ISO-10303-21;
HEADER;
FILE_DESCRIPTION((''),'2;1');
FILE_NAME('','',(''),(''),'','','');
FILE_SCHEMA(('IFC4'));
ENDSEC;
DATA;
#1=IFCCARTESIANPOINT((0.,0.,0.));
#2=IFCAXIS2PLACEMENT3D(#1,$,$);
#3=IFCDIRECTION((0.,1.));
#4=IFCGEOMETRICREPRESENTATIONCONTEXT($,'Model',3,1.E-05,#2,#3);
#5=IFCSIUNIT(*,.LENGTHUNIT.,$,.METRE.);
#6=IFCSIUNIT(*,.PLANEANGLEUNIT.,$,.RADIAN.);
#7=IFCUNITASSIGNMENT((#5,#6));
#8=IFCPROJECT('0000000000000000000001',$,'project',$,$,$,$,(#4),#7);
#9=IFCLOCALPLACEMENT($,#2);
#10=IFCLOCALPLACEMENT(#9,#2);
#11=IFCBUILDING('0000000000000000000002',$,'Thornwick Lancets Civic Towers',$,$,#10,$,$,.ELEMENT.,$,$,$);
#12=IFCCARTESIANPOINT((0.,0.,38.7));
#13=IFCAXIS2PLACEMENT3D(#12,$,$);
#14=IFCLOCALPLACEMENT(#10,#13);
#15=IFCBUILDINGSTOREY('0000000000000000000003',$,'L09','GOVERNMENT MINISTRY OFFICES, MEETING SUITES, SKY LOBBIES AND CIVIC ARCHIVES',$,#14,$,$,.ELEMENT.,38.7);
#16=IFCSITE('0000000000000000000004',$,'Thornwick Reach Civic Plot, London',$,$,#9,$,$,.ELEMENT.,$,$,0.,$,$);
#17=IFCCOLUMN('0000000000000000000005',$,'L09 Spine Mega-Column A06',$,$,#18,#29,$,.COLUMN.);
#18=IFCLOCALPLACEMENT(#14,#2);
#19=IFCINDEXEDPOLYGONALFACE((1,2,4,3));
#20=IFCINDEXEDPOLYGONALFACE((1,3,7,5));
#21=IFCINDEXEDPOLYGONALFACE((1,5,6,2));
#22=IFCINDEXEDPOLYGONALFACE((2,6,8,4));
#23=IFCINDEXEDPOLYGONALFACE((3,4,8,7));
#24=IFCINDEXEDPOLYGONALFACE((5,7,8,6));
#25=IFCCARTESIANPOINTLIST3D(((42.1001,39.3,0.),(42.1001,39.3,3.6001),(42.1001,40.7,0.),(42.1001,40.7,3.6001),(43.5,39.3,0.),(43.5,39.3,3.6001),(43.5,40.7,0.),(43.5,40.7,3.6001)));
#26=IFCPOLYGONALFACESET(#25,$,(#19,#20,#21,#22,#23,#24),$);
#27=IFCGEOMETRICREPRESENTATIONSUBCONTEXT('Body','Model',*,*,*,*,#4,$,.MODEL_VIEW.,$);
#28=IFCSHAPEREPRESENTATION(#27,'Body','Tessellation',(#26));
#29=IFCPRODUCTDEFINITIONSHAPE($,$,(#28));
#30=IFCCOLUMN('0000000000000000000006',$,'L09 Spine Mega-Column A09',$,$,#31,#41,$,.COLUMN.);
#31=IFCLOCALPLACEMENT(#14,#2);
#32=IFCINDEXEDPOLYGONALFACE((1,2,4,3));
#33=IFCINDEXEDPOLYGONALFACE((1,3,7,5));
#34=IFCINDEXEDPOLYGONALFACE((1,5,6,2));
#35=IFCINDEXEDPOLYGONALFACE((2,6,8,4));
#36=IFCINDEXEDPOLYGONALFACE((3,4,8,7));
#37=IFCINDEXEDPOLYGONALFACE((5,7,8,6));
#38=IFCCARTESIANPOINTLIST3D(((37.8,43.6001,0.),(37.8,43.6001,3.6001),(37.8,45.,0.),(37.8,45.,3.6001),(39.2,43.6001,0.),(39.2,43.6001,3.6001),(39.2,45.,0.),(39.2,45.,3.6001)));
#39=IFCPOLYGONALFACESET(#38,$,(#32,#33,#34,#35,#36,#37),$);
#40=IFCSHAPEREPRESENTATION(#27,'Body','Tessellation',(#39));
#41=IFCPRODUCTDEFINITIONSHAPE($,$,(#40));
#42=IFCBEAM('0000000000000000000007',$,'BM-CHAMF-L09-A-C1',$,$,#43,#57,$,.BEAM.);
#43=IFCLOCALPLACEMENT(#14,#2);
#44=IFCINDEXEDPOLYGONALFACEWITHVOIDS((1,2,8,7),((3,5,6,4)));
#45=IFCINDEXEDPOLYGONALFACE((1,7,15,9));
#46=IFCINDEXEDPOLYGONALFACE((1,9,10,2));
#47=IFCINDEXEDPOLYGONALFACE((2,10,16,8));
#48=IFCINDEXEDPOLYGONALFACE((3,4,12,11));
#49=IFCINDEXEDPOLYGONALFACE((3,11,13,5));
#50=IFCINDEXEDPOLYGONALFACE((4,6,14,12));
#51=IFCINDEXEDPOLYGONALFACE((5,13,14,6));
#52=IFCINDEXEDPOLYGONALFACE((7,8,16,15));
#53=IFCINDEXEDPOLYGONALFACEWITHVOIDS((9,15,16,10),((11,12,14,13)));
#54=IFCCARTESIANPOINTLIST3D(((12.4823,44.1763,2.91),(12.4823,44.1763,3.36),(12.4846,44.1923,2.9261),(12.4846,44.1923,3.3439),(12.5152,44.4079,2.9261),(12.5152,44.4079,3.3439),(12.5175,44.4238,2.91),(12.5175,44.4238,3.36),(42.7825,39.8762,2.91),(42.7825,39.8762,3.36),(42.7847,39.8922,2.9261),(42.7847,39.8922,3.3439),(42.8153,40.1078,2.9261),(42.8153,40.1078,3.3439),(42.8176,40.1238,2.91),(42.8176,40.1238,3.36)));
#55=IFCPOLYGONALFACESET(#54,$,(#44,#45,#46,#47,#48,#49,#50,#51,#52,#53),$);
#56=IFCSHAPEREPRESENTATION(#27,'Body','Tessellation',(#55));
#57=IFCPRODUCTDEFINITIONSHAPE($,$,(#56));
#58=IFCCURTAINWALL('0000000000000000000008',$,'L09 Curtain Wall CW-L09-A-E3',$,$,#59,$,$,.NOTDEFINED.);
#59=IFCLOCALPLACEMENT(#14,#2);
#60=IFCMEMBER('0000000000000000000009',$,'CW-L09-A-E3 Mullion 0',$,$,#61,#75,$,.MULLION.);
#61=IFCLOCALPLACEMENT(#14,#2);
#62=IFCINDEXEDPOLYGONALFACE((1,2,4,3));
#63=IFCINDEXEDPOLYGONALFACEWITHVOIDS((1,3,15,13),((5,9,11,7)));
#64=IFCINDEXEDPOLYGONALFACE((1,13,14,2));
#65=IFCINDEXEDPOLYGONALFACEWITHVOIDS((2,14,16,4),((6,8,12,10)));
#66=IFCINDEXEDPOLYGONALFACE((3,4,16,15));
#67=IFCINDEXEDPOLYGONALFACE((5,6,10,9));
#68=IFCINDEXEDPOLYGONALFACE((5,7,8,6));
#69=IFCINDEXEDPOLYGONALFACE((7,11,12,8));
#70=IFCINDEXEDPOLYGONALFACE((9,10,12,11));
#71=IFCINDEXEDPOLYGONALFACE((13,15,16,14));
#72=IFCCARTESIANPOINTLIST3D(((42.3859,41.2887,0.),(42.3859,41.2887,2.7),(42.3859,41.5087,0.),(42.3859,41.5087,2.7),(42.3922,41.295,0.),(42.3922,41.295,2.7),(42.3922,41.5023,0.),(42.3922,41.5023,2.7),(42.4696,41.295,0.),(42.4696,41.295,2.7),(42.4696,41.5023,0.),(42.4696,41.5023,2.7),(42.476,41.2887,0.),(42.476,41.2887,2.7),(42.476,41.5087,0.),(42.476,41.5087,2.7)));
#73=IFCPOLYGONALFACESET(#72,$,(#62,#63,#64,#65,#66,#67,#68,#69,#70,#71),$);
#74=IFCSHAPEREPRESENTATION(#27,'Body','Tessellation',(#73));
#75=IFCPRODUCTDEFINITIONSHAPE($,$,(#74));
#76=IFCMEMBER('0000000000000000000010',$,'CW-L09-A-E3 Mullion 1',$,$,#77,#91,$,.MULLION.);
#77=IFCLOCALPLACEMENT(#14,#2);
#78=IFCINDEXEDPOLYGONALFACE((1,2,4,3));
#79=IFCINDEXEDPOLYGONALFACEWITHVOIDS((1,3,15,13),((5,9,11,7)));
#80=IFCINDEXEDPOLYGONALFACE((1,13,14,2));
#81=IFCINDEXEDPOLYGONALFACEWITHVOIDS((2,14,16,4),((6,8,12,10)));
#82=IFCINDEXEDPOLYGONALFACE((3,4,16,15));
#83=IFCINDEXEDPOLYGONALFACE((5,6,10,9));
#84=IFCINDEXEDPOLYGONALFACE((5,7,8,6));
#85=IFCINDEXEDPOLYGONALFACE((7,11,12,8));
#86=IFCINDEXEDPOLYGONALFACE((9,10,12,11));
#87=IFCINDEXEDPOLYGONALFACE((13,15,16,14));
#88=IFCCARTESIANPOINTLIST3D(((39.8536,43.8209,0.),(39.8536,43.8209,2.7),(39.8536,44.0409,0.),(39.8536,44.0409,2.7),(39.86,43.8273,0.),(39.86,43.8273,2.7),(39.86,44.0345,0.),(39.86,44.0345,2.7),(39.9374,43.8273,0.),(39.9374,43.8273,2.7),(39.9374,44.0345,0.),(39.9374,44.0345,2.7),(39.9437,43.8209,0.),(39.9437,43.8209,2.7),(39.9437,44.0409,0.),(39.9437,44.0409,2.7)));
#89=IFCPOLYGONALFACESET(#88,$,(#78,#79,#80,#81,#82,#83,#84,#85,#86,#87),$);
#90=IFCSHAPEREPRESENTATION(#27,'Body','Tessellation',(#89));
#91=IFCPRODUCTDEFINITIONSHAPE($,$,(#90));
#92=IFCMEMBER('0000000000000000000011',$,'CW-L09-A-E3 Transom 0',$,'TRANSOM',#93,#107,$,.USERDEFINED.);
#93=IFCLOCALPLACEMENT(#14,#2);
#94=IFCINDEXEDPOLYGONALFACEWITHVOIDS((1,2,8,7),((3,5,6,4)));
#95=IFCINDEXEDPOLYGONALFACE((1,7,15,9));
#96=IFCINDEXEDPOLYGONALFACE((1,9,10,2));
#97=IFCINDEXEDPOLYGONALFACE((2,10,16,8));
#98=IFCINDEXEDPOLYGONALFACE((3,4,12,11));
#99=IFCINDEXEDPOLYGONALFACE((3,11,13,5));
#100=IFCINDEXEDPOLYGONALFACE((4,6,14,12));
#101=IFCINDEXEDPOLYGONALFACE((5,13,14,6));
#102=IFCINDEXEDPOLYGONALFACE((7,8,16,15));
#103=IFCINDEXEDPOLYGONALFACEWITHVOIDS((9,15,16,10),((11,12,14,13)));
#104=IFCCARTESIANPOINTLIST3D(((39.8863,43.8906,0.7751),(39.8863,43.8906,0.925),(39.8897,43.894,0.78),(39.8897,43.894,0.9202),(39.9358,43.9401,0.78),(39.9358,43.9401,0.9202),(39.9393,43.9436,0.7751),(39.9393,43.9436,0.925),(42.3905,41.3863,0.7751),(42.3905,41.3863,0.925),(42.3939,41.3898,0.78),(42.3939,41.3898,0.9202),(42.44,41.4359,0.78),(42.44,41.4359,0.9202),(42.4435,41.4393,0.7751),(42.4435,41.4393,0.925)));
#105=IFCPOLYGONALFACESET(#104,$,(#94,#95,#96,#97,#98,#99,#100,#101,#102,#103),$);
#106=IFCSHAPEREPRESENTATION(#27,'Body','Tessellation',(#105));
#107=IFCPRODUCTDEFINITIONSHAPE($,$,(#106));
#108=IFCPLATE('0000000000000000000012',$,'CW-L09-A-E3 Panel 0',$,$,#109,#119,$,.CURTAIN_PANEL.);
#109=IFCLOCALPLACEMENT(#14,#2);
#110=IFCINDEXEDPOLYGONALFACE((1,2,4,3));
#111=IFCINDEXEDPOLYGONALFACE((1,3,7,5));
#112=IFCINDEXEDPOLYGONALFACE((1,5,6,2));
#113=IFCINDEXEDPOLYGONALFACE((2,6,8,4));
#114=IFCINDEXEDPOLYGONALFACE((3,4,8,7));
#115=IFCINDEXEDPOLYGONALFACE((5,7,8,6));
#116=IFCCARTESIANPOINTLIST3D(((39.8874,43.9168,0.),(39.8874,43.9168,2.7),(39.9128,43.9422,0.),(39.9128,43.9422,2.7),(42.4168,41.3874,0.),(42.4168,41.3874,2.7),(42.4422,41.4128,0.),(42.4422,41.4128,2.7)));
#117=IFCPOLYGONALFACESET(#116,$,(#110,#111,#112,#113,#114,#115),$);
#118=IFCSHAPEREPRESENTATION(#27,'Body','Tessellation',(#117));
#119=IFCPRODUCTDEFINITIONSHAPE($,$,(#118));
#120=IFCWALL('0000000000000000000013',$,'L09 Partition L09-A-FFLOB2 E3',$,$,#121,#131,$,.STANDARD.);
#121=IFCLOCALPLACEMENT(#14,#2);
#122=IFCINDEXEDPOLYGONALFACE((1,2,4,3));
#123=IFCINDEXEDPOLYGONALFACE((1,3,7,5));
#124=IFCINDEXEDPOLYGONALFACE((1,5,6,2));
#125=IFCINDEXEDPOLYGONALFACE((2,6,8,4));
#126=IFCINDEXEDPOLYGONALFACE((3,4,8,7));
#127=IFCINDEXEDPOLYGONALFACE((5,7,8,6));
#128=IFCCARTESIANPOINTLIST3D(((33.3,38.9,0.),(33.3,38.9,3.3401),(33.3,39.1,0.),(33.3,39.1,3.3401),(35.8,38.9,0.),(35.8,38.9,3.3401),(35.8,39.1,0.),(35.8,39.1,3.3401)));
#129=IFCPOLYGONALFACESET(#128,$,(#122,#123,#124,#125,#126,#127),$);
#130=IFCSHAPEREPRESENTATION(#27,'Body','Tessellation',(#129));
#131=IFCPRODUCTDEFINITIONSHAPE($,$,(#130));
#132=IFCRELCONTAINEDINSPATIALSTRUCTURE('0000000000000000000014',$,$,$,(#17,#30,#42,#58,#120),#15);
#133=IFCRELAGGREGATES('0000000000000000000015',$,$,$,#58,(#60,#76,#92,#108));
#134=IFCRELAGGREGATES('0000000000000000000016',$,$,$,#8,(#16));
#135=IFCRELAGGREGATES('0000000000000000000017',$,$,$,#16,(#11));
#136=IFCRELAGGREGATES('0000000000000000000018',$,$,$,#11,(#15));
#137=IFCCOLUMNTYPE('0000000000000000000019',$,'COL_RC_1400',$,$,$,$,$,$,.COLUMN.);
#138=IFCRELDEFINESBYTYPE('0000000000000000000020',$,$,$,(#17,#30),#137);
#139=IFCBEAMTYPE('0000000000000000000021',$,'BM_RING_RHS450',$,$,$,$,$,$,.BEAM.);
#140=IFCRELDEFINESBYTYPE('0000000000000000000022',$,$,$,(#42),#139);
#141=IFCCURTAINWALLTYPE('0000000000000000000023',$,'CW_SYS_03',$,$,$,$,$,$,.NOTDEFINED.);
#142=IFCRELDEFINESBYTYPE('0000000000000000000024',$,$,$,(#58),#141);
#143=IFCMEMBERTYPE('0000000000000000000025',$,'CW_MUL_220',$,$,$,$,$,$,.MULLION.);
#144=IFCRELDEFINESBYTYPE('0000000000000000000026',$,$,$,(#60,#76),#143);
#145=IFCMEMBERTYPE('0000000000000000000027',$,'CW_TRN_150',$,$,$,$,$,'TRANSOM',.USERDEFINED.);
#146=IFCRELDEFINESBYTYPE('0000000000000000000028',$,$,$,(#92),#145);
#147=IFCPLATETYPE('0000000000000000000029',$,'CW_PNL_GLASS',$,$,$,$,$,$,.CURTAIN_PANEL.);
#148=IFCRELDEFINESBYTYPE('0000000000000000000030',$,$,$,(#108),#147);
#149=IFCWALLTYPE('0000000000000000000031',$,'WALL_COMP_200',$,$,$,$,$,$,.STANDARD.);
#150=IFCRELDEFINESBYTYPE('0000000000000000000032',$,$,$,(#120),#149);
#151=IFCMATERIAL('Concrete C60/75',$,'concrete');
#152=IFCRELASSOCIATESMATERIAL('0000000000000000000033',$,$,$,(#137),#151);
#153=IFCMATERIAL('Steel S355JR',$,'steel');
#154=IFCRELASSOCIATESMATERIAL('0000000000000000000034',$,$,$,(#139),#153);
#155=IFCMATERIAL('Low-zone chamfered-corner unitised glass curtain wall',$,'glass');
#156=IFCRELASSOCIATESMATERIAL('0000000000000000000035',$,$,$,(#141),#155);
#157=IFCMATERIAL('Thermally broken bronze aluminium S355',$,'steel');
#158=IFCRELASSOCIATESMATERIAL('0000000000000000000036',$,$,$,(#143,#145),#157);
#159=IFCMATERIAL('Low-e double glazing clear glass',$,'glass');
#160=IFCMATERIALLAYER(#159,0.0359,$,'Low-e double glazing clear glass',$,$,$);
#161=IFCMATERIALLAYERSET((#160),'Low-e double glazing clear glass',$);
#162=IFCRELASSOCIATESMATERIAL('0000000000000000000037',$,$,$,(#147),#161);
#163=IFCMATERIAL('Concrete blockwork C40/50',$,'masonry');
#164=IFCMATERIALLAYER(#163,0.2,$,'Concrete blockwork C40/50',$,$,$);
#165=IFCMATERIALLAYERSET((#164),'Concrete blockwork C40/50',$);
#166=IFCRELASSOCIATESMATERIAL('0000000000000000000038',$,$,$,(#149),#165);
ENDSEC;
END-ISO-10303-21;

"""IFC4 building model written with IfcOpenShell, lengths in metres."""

from ifc_helpers import new_model, si_unit, direction, frame, frame_2d, origin, origin_2d, place, context, subcontext, project, spatial, rectangle, hollow_rectangle, extrude, material, layer, layer_set, material_profile, profile_set, type_object, element, aggregate, save


model = new_model("IFC4")

# Units and contexts
model_context = context("Model", 3, precision=1e-05, world=origin(), true_north=direction((0.0, 1.0)))
body_context = subcontext(model_context, "Body", "Model", "MODEL_VIEW")
ifc_project = project(units=[si_unit("LENGTHUNIT", "METRE"), si_unit("PLANEANGLEUNIT", "RADIAN")], contexts=[model_context])

# Site, building, storey
site_placement = place(None, origin())
site = spatial("IfcSite", under=ifc_project, at=site_placement, Name="Thornwick Reach Civic Plot, London", CompositionType="ELEMENT", RefElevation=0.0)
building_placement = place(site_placement, origin())
building = spatial("IfcBuilding", under=site, at=building_placement, Name="Thornwick Lancets Civic Towers", CompositionType="ELEMENT")
storey_placement = place(building_placement, frame((0.0, 0.0, 38.7)))
storey = spatial("IfcBuildingStorey", under=building, at=storey_placement, Name="L09", Description="GOVERNMENT MINISTRY OFFICES, MEETING SUITES, SKY LOBBIES AND CIVIC ARCHIVES", CompositionType="ELEMENT", Elevation=38.7)

# Columns
ifc_material_1 = material(Name="Concrete C60/75", Category="concrete")
ifc_material_profile_1 = material_profile(ifc_material_1, rectangle(XDim=1.3999, YDim=1.3999, at=origin_2d()), Name="RC 1400x1400")
ifc_profile_set_1 = profile_set([ifc_material_profile_1], Name="Concrete C60/75")
column_type = type_object("IfcColumnType", Name="COL_RC_1400", PredefinedType="COLUMN", material=ifc_profile_set_1)
for number, where, z_axis, x_axis, name in (
    (1, (42.8, 40.0, 0.0), (0.0, 0.0, 1.0), (1.0, 0.0, 0.0), "L09 Spine Mega-Column A06"),
    (2, (38.5, 44.3, 0.0), (0.0, 0.0, 1.0), (1.0, 0.0, 0.0), "L09 Spine Mega-Column A09"),
):
    element("IfcColumn", number, at=place(storey_placement, frame(where, z_axis=z_axis, x_axis=x_axis)), inside=storey, type_object=column_type, Name=name, PredefinedType="COLUMN", context=body_context, shape_type="SweptSolid", body=[
        extrude(rectangle(XDim=1.3999, YDim=1.3999, at=origin_2d()), origin(), (0.0, 0.0, 1.0), 3.6001),
    ])

# Beam
ifc_material_2 = material(Name="Steel S355JR", Category="steel")
ifc_material_profile_2 = material_profile(ifc_material_2, hollow_rectangle(XDim=0.25, YDim=0.45, WallThickness=0.0161, at=origin_2d()), Name="RHS 450x250x16")
ifc_profile_set_2 = profile_set([ifc_material_profile_2], Name="Steel S355JR")
beam_type = type_object("IfcBeamType", Name="BM_RING_RHS450", PredefinedType="BEAM", material=ifc_profile_set_2)
beam_placement = place(storey_placement, frame((42.8, 40.0, 3.135), z_axis=(-0.99008, 0.140508, 0.0), x_axis=(-0.140508, -0.99008, 0.0)))
element("IfcBeam", 3, at=beam_placement, inside=storey, type_object=beam_type, Name="BM-CHAMF-L09-A-C1", PredefinedType="BEAM", context=body_context, shape_type="SweptSolid", body=[
    extrude(hollow_rectangle(XDim=0.25, YDim=0.45, WallThickness=0.0161, at=origin_2d()), origin(), (0.0, 0.0, 1.0), 30.6038),
])

# Curtain wall, members, plate
ifc_material_3 = material(Name="Low-zone chamfered-corner unitised glass curtain wall", Category="glass")
curtain_wall_type = type_object("IfcCurtainWallType", Name="CW_SYS_03", PredefinedType="NOTDEFINED", material=ifc_material_3)
curtain_wall_placement = place(storey_placement, origin())
curtain_wall = element("IfcCurtainWall", 4, at=curtain_wall_placement, inside=storey, type_object=curtain_wall_type, Name="L09 Curtain Wall CW-L09-A-E3", PredefinedType="NOTDEFINED")
ifc_material_4 = material(Name="Thermally broken bronze aluminium S355", Category="steel")
ifc_material_profile_3 = material_profile(ifc_material_4, hollow_rectangle(XDim=0.0901, YDim=0.22, WallThickness=0.0063, at=origin_2d()), Name="RHS 220x90x6.3")
ifc_profile_set_3 = profile_set([ifc_material_profile_3], Name="Thermally broken bronze aluminium S355")
member_type_1 = type_object("IfcMemberType", Name="CW_MUL_220", PredefinedType="MULLION", material=ifc_profile_set_3)
member_1_placement = place(storey_placement, frame((42.4309, 41.3987, 0.0), z_axis=(0.0, 0.0, 1.0), x_axis=(1.0, 0.0, 0.0)))
member_1 = element("IfcMember", 5, at=member_1_placement, type_object=member_type_1, Name="CW-L09-A-E3 Mullion 0", PredefinedType="MULLION", context=body_context, shape_type="SweptSolid", body=[
    extrude(hollow_rectangle(XDim=0.0901, YDim=0.22, WallThickness=0.0063, at=origin_2d()), origin(), (0.0, 0.0, 1.0), 2.7),
])
member_2_placement = place(storey_placement, frame((39.8987, 43.9309, 0.0), z_axis=(0.0, 0.0, 1.0), x_axis=(1.0, 0.0, 0.0)))
member_2 = element("IfcMember", 6, at=member_2_placement, type_object=member_type_1, Name="CW-L09-A-E3 Mullion 1", PredefinedType="MULLION", context=body_context, shape_type="SweptSolid", body=[
    extrude(hollow_rectangle(XDim=0.0901, YDim=0.22, WallThickness=0.0063, at=origin_2d()), origin(), (0.0, 0.0, 1.0), 2.7),
])
ifc_material_profile_4 = material_profile(ifc_material_4, hollow_rectangle(XDim=0.075, YDim=0.1499, WallThickness=0.0049, at=origin_2d()), Name="RHS 150x75x5")
ifc_profile_set_4 = profile_set([ifc_material_profile_4], Name="Thermally broken bronze aluminium S355")
member_type_2 = type_object("IfcMemberType", Name="CW_TRN_150", ElementType="TRANSOM", PredefinedType="USERDEFINED", material=ifc_profile_set_4)
member_3_placement = place(storey_placement, frame((42.417, 41.4128, 0.8501), z_axis=(-0.707107, 0.707107, 0.0), x_axis=(-0.707107, -0.707107, 0.0)))
member_3 = element("IfcMember", 7, at=member_3_placement, type_object=member_type_2, Name="CW-L09-A-E3 Transom 0", ObjectType="TRANSOM", PredefinedType="USERDEFINED", context=body_context, shape_type="SweptSolid", body=[
    extrude(hollow_rectangle(XDim=0.075, YDim=0.1499, WallThickness=0.0049, at=origin_2d()), origin(), (0.0, 0.0, 1.0), 3.5415),
])
ifc_material_5 = material(Name="Low-e double glazing clear glass", Category="glass")
ifc_layer_1 = layer(ifc_material_5, 0.0359, Name="Low-e double glazing clear glass")
ifc_layer_set_1 = layer_set([ifc_layer_1], Name="Low-e double glazing clear glass")
plate_type = type_object("IfcPlateType", Name="CW_PNL_GLASS", PredefinedType="CURTAIN_PANEL", material=ifc_layer_set_1)
plate_placement = place(storey_placement, frame((41.1648, 42.6648, 0.0), z_axis=(0.0, 0.0, 1.0), x_axis=(-0.707107, 0.707107, 0.0)))
plate = element("IfcPlate", 8, at=plate_placement, type_object=plate_type, Name="CW-L09-A-E3 Panel 0", PredefinedType="CURTAIN_PANEL", context=body_context, shape_type="SweptSolid", body=[
    extrude(rectangle(XDim=3.5771, YDim=0.0359, at=origin_2d()), origin(), (0.0, 0.0, 1.0), 2.7),
])
aggregate(curtain_wall, [member_1, member_2, member_3, plate])

# Wall
ifc_material_6 = material(Name="Concrete blockwork C40/50", Category="masonry")
ifc_layer_2 = layer(ifc_material_6, 0.2, Name="Concrete blockwork C40/50")
ifc_layer_set_2 = layer_set([ifc_layer_2], Name="Concrete blockwork C40/50")
wall_type_1 = type_object("IfcWallType", Name="WALL_COMP_200", PredefinedType="STANDARD", material=ifc_layer_set_2)
wall_1_placement = place(storey_placement, frame((35.8, 39.0, 0.0), z_axis=(0.0, 0.0, 1.0), x_axis=(-1.0, 0.0, 0.0)))
element("IfcWall", 9, at=wall_1_placement, inside=storey, type_object=wall_type_1, Name="L09 Partition L09-A-FFLOB2 E3", PredefinedType="STANDARD", context=body_context, shape_type="SweptSolid", body=[
    extrude(rectangle(XDim=2.5, YDim=0.2, at=frame_2d((1.25, 0.0))), origin(), (0.0, 0.0, 1.0), 3.3401),
])

save(model, "model.ifc")
